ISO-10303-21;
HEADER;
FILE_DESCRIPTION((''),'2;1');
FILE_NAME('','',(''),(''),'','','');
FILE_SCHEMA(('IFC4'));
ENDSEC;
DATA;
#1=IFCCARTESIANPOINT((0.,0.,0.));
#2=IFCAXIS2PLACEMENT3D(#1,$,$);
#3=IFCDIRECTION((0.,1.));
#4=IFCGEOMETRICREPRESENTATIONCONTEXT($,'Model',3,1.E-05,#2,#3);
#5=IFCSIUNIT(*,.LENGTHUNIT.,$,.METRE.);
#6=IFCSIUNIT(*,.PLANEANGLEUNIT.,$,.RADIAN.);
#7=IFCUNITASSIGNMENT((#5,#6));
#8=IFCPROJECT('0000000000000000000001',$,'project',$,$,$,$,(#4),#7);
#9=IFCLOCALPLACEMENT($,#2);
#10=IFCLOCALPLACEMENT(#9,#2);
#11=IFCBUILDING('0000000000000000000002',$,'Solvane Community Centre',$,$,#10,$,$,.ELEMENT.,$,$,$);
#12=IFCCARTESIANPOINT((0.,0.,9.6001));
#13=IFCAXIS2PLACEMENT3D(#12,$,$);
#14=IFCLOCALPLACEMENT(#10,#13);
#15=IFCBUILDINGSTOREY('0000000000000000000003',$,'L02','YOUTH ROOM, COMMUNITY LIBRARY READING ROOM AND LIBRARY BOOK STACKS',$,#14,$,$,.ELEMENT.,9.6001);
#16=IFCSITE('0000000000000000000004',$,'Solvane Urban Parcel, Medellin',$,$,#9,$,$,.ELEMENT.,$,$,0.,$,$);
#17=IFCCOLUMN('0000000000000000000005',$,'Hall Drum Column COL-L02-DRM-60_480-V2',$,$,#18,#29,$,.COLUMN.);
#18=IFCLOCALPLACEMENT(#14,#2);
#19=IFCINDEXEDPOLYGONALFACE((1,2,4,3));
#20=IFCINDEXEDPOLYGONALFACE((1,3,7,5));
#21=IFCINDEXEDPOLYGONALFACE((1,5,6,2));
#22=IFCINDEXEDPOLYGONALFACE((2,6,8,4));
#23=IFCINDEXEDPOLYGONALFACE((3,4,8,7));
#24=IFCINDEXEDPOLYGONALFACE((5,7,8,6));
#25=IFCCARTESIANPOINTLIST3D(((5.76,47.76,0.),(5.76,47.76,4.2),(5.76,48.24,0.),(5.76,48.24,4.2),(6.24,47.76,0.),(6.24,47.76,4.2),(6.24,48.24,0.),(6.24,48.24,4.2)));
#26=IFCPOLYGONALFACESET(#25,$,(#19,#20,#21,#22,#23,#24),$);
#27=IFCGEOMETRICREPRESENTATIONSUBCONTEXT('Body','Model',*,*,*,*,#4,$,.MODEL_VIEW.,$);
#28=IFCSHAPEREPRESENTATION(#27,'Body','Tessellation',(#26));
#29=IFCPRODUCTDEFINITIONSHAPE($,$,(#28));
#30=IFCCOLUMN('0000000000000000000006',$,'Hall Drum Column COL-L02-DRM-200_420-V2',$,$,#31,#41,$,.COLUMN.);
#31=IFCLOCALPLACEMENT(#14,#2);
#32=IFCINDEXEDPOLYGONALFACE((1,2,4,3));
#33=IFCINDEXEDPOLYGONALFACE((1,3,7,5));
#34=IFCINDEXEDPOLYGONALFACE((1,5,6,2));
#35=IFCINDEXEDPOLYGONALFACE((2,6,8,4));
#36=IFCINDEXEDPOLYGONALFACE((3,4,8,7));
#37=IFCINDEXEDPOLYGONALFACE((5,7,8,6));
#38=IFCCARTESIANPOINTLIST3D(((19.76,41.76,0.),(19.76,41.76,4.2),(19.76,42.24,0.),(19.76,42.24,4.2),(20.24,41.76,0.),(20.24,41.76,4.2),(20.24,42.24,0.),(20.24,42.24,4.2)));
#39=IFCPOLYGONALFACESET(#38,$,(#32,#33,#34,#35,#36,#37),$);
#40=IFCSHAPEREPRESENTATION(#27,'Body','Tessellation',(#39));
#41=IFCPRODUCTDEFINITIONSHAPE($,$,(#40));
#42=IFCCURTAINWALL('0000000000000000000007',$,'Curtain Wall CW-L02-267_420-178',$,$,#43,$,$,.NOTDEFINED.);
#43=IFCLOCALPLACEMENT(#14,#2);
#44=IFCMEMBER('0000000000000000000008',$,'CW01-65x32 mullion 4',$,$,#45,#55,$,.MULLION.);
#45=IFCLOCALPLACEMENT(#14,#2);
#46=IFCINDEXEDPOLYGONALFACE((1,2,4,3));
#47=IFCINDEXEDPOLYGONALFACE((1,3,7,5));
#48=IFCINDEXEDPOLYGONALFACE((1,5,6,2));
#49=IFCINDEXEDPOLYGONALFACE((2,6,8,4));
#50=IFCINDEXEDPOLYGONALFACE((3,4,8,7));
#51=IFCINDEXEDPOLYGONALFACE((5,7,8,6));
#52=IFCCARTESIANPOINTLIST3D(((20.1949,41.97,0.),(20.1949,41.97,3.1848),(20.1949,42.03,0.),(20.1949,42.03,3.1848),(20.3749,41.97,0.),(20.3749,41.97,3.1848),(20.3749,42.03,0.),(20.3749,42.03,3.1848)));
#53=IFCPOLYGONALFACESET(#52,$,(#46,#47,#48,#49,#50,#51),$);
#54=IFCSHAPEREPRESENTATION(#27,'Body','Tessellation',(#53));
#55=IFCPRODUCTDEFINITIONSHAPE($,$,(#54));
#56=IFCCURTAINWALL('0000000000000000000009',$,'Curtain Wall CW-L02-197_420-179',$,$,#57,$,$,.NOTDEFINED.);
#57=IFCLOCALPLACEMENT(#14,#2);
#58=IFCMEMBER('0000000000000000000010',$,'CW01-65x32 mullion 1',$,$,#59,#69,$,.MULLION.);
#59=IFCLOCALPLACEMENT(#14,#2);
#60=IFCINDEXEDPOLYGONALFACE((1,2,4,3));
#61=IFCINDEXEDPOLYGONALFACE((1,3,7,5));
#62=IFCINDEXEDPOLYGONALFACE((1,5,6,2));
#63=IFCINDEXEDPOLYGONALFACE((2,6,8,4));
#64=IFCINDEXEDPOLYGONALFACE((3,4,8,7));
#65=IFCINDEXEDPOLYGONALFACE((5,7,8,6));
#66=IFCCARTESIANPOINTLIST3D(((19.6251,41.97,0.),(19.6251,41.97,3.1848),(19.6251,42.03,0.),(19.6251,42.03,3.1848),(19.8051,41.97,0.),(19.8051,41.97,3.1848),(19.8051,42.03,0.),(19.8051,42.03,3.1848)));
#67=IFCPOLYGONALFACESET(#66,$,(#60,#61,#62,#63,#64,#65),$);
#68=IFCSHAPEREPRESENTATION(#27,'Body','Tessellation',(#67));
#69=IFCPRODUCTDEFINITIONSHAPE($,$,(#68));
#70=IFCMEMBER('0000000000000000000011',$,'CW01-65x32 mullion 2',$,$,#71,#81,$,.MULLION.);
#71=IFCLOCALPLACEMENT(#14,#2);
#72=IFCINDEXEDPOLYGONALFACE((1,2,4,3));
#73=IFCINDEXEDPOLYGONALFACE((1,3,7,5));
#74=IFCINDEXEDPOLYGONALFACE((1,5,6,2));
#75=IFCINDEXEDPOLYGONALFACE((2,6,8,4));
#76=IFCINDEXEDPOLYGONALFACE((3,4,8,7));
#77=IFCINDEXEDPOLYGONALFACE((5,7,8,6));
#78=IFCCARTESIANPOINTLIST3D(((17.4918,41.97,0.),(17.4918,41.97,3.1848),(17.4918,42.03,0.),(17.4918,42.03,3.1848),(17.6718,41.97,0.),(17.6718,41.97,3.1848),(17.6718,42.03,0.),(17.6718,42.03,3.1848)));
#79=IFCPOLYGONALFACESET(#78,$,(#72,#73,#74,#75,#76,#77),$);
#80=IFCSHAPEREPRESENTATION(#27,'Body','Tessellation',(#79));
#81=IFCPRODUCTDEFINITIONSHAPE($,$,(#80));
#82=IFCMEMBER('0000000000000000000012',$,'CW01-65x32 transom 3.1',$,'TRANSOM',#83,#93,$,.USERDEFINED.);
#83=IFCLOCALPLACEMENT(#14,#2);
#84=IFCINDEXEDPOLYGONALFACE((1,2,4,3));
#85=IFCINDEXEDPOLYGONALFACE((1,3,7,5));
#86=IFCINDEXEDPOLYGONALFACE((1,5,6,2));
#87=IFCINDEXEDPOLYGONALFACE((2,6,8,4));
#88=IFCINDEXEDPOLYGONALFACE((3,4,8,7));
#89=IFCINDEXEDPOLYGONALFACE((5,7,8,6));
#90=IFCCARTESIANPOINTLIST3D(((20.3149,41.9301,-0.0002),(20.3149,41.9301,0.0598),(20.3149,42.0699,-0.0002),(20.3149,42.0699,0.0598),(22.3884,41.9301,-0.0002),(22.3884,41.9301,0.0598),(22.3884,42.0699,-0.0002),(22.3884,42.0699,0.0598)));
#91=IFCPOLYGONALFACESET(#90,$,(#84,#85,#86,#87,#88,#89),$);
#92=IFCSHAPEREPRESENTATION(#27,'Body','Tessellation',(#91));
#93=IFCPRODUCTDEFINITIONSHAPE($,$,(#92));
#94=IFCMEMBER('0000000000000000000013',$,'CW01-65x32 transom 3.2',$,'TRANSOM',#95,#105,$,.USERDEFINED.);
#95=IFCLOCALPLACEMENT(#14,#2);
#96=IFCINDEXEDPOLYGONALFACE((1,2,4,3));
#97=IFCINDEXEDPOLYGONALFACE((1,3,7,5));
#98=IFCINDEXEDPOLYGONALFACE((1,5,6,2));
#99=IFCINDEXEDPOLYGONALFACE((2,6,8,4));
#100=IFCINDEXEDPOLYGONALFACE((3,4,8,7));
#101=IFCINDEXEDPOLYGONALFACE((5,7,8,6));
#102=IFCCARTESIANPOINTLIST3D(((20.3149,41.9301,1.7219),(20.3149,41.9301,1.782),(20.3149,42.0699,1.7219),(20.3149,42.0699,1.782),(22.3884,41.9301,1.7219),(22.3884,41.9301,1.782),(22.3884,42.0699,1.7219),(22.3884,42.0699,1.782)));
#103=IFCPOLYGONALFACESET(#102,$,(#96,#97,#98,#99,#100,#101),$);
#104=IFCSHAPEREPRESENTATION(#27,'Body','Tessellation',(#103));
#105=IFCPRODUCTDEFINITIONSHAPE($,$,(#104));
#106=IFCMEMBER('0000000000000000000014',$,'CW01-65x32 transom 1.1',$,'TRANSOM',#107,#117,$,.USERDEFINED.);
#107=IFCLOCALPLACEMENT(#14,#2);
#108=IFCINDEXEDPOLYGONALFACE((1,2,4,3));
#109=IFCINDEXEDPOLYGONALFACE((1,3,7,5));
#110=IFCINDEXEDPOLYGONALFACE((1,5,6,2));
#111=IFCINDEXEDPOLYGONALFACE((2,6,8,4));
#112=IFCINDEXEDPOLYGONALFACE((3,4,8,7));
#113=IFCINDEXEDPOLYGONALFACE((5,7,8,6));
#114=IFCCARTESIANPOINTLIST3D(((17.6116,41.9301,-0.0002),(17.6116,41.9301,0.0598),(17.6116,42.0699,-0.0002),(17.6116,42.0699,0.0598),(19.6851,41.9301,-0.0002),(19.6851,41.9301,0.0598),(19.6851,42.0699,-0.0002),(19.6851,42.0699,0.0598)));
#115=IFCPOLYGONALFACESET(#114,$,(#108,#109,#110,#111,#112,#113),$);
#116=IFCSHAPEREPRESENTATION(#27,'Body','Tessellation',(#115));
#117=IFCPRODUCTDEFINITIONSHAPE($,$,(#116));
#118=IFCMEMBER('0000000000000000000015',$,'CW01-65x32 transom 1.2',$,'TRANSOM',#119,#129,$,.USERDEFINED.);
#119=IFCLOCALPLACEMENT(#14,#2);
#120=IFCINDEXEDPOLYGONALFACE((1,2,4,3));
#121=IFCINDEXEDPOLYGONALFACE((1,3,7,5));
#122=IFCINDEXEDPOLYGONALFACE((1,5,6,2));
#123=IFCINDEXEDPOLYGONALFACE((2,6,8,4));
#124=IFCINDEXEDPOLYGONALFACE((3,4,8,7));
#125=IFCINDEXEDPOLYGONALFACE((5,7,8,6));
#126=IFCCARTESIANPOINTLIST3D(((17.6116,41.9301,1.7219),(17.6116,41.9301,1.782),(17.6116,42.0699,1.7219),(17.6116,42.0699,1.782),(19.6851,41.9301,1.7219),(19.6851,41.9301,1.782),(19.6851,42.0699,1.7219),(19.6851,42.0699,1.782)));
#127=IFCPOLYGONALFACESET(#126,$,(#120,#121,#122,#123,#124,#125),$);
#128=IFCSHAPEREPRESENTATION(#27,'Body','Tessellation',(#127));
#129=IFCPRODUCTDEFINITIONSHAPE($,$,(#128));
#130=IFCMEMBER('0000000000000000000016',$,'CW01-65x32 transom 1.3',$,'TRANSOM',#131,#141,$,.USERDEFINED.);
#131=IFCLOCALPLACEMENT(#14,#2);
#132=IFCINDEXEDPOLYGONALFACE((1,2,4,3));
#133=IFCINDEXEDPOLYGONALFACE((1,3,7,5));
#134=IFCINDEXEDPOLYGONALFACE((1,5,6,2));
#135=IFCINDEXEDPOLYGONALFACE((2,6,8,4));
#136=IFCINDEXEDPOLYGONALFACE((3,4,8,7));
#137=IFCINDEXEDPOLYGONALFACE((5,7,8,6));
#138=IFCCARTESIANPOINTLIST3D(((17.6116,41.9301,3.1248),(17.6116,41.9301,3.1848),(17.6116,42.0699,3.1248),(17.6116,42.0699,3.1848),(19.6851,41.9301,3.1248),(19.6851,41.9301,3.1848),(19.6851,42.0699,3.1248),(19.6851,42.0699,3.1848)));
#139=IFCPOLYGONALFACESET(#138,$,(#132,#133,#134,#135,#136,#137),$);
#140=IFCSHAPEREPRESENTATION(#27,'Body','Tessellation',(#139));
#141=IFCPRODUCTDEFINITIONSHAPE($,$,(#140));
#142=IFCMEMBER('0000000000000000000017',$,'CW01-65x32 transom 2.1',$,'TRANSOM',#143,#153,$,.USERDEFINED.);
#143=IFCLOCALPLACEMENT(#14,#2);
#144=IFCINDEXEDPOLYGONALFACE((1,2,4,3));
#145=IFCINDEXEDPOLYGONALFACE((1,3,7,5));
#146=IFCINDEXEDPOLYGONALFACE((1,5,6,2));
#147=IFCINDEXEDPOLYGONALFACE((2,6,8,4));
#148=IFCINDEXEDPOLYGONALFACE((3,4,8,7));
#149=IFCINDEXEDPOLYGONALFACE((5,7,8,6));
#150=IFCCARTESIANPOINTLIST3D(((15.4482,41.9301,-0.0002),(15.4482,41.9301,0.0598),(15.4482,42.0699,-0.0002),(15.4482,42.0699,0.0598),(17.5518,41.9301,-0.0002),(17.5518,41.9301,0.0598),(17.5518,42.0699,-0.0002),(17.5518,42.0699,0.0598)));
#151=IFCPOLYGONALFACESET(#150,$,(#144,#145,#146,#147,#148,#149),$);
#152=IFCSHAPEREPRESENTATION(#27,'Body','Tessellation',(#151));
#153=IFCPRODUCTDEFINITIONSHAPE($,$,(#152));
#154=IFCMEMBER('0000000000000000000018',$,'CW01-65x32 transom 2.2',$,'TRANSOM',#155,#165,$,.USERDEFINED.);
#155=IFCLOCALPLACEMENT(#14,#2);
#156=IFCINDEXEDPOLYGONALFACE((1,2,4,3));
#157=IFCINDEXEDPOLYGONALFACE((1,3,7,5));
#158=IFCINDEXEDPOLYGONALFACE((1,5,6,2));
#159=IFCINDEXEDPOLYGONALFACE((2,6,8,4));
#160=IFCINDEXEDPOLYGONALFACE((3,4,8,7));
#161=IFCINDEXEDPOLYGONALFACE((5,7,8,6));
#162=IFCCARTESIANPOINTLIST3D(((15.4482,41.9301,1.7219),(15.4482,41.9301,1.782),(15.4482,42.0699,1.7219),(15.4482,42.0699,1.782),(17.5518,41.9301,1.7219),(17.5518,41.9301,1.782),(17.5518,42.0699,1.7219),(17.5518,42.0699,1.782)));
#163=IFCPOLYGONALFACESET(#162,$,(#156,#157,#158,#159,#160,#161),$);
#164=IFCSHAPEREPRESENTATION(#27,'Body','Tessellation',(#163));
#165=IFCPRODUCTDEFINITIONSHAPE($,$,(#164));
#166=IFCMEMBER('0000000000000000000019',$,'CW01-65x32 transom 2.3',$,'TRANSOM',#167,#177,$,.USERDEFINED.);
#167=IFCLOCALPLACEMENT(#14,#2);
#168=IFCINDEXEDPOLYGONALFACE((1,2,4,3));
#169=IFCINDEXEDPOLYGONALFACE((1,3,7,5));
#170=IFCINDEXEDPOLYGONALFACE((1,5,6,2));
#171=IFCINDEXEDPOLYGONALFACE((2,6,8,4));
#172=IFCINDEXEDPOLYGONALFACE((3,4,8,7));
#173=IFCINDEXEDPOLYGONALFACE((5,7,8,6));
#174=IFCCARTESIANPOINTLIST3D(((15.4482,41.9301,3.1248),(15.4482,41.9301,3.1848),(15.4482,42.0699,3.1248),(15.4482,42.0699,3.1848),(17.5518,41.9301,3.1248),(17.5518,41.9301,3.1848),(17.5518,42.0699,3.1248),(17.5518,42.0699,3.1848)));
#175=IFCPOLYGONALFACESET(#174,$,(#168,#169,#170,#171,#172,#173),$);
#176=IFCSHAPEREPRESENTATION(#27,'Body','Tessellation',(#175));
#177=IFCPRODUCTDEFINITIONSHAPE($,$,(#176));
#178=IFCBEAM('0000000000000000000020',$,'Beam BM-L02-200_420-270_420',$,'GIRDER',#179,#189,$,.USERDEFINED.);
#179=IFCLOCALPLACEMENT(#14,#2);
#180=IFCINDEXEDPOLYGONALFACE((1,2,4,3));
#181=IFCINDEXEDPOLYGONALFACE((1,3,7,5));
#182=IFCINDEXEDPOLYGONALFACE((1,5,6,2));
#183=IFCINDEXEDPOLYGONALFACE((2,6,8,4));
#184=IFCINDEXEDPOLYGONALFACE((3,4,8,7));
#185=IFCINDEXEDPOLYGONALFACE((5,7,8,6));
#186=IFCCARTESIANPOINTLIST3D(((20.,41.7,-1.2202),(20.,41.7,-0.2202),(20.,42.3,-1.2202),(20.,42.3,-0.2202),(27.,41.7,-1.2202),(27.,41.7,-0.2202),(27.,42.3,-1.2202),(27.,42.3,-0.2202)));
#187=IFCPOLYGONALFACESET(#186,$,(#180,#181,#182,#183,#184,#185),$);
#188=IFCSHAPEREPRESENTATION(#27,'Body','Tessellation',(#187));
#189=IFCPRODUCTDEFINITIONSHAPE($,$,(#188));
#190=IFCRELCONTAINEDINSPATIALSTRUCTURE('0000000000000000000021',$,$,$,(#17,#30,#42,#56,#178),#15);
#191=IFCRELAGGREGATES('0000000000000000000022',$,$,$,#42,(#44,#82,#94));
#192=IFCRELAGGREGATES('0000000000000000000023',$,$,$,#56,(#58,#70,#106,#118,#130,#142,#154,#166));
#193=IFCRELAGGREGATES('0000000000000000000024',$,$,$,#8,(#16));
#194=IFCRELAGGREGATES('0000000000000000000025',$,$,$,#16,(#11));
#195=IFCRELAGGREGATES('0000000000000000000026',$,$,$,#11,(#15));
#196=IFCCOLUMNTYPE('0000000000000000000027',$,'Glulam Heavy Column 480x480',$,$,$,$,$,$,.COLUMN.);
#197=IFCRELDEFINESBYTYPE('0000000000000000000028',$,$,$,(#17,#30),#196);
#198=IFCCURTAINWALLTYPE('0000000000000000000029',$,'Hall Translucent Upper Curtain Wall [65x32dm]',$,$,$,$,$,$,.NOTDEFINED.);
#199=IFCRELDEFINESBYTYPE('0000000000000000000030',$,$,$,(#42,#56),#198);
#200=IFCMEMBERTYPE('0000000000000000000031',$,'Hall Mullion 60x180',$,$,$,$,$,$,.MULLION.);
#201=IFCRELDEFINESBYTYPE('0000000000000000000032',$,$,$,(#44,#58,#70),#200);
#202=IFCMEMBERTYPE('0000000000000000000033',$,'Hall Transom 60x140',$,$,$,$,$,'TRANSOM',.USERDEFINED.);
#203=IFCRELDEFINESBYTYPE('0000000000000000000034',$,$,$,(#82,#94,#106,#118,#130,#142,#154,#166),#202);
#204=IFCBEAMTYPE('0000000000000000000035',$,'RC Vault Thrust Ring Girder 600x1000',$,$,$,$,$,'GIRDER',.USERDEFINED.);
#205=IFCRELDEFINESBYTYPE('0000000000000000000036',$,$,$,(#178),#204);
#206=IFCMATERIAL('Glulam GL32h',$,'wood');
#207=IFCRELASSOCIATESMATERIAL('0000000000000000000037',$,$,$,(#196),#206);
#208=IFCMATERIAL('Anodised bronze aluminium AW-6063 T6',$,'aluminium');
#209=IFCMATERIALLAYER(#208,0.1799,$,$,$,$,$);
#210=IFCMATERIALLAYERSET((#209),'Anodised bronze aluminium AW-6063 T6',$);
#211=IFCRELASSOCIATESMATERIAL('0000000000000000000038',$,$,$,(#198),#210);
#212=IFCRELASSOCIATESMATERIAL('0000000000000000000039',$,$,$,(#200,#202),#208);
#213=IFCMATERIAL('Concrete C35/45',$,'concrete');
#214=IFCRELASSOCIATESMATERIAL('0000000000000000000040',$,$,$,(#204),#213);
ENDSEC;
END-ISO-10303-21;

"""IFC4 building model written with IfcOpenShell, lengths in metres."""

from ifc_helpers import new_model, si_unit, direction, frame, origin, origin_2d, place, context, subcontext, project, spatial, rectangle, extrude, material, layer, layer_set, material_profile, profile_set, type_object, element, aggregate, save


model = new_model("IFC4")

# Units and contexts
model_context = context("Model", 3, precision=1e-05, world=origin(), true_north=direction((0.0, 1.0)))
body_context = subcontext(model_context, "Body", "Model", "MODEL_VIEW")
ifc_project = project(units=[si_unit("LENGTHUNIT", "METRE"), si_unit("PLANEANGLEUNIT", "RADIAN")], contexts=[model_context])

# Site, building, storey
site_placement = place(None, origin())
site = spatial("IfcSite", under=ifc_project, at=site_placement, Name="Solvane Urban Parcel, Medellin", CompositionType="ELEMENT", RefElevation=0.0)
building_placement = place(site_placement, origin())
building = spatial("IfcBuilding", under=site, at=building_placement, Name="Solvane Community Centre", CompositionType="ELEMENT")
storey_placement = place(building_placement, frame((0.0, 0.0, 9.6001)))
storey = spatial("IfcBuildingStorey", under=building, at=storey_placement, Name="L02", Description="YOUTH ROOM, COMMUNITY LIBRARY READING ROOM AND LIBRARY BOOK STACKS", CompositionType="ELEMENT", Elevation=9.6001)

# Columns
ifc_material_1 = material(Name="Glulam GL32h", Category="wood")
ifc_material_profile_1 = material_profile(ifc_material_1, rectangle(XDim=0.48, YDim=0.48, at=origin_2d()), Name="GL32h 480x480")
ifc_profile_set_1 = profile_set([ifc_material_profile_1], Name="Glulam GL32h")
column_type = type_object("IfcColumnType", Name="Glulam Heavy Column 480x480", PredefinedType="COLUMN", material=ifc_profile_set_1)
for number, where, z_axis, x_axis, name in (
    (1, (6.0, 48.0, 0.0), (0.0, 0.0, 1.0), (1.0, 0.0, 0.0), "Hall Drum Column COL-L02-DRM-60_480-V2"),
    (2, (20.0, 42.0, 0.0), (0.0, 0.0, 1.0), (1.0, 0.0, 0.0), "Hall Drum Column COL-L02-DRM-200_420-V2"),
):
    element("IfcColumn", number, at=place(storey_placement, frame(where, z_axis=z_axis, x_axis=x_axis)), inside=storey, type_object=column_type, Name=name, PredefinedType="COLUMN", context=body_context, shape_type="SweptSolid", body=[
        extrude(rectangle(XDim=0.48, YDim=0.48, at=origin_2d()), origin(), (0.0, 0.0, 1.0), 4.2),
    ])

# Curtain wall, member
ifc_material_2 = material(Name="Anodised bronze aluminium AW-6063 T6", Category="aluminium")
ifc_layer_1 = layer(ifc_material_2, 0.1799)
ifc_layer_set_1 = layer_set([ifc_layer_1], Name="Anodised bronze aluminium AW-6063 T6")
curtain_wall_type = type_object("IfcCurtainWallType", Name="Hall Translucent Upper Curtain Wall [65x32dm]", PredefinedType="NOTDEFINED", material=ifc_layer_set_1)
curtain_wall_1_placement = place(storey_placement, origin())
curtain_wall_1 = element("IfcCurtainWall", 3, at=curtain_wall_1_placement, inside=storey, type_object=curtain_wall_type, Name="Curtain Wall CW-L02-267_420-178", PredefinedType="NOTDEFINED")
ifc_material_profile_2 = material_profile(ifc_material_2, rectangle(XDim=0.0601, YDim=0.1799, at=origin_2d()), Name="CW-M 60x180")
ifc_profile_set_2 = profile_set([ifc_material_profile_2], Name="Anodised bronze aluminium AW-6063 T6")
member_type_1 = type_object("IfcMemberType", Name="Hall Mullion 60x180", PredefinedType="MULLION", material=ifc_profile_set_2)
member_1_placement = place(storey_placement, frame((20.2849, 42.0, 0.0), z_axis=(0.0, 0.0, 1.0), x_axis=(0.0, -1.0, 0.0)))
member_1 = element("IfcMember", 4, at=member_1_placement, type_object=member_type_1, Name="CW01-65x32 mullion 4", PredefinedType="MULLION", context=body_context, shape_type="SweptSolid", body=[
    extrude(rectangle(XDim=0.0601, YDim=0.1799, at=origin_2d()), origin(), (0.0, 0.0, 1.0), 3.1848),
])

# Curtain wall, members
curtain_wall_2_placement = place(storey_placement, origin())
curtain_wall_2 = element("IfcCurtainWall", 5, at=curtain_wall_2_placement, inside=storey, type_object=curtain_wall_type, Name="Curtain Wall CW-L02-197_420-179", PredefinedType="NOTDEFINED")
member_2_placement = place(storey_placement, frame((19.7151, 42.0, 0.0), z_axis=(0.0, 0.0, 1.0), x_axis=(0.0, -1.0, 0.0)))
member_2 = element("IfcMember", 6, at=member_2_placement, type_object=member_type_1, Name="CW01-65x32 mullion 1", PredefinedType="MULLION", context=body_context, shape_type="SweptSolid", body=[
    extrude(rectangle(XDim=0.0601, YDim=0.1799, at=origin_2d()), origin(), (0.0, 0.0, 1.0), 3.1848),
])
member_3_placement = place(storey_placement, frame((17.5818, 42.0, 0.0), z_axis=(0.0, 0.0, 1.0), x_axis=(0.0, -1.0, 0.0)))
member_3 = element("IfcMember", 7, at=member_3_placement, type_object=member_type_1, Name="CW01-65x32 mullion 2", PredefinedType="MULLION", context=body_context, shape_type="SweptSolid", body=[
    extrude(rectangle(XDim=0.0601, YDim=0.1799, at=origin_2d()), origin(), (0.0, 0.0, 1.0), 3.1848),
])

# Members
ifc_material_profile_3 = material_profile(ifc_material_2, rectangle(XDim=0.1399, YDim=0.0601, at=origin_2d()), Name="CW-T 60x140")
ifc_profile_set_3 = profile_set([ifc_material_profile_3], Name="Anodised bronze aluminium AW-6063 T6")
member_type_2 = type_object("IfcMemberType", Name="Hall Transom 60x140", ElementType="TRANSOM", PredefinedType="USERDEFINED", material=ifc_profile_set_3)
member_4_placement = place(storey_placement, frame((22.3884, 42.0, 0.0298), z_axis=(-1.0, 0.0, 0.0), x_axis=(0.0, -1.0, 0.0)))
member_4 = element("IfcMember", 8, at=member_4_placement, type_object=member_type_2, Name="CW01-65x32 transom 3.1", ObjectType="TRANSOM", PredefinedType="USERDEFINED", context=body_context, shape_type="SweptSolid", body=[
    extrude(rectangle(XDim=0.1399, YDim=0.0601, at=origin_2d()), origin(), (0.0, 0.0, 1.0), 2.0735),
])
member_5_placement = place(storey_placement, frame((22.3884, 42.0, 1.752), z_axis=(-1.0, 0.0, 0.0), x_axis=(0.0, -1.0, 0.0)))
member_5 = element("IfcMember", 9, at=member_5_placement, type_object=member_type_2, Name="CW01-65x32 transom 3.2", ObjectType="TRANSOM", PredefinedType="USERDEFINED", context=body_context, shape_type="SweptSolid", body=[
    extrude(rectangle(XDim=0.1399, YDim=0.0601, at=origin_2d()), origin(), (0.0, 0.0, 1.0), 2.0735),
])
member_6_placement = place(storey_placement, frame((19.6851, 42.0, 0.0298), z_axis=(-1.0, 0.0, 0.0), x_axis=(0.0, -1.0, 0.0)))
member_6 = element("IfcMember", 10, at=member_6_placement, type_object=member_type_2, Name="CW01-65x32 transom 1.1", ObjectType="TRANSOM", PredefinedType="USERDEFINED", context=body_context, shape_type="SweptSolid", body=[
    extrude(rectangle(XDim=0.1399, YDim=0.0601, at=origin_2d()), origin(), (0.0, 0.0, 1.0), 2.0735),
])
member_7_placement = place(storey_placement, frame((19.6851, 42.0, 1.752), z_axis=(-1.0, 0.0, 0.0), x_axis=(0.0, -1.0, 0.0)))
member_7 = element("IfcMember", 11, at=member_7_placement, type_object=member_type_2, Name="CW01-65x32 transom 1.2", ObjectType="TRANSOM", PredefinedType="USERDEFINED", context=body_context, shape_type="SweptSolid", body=[
    extrude(rectangle(XDim=0.1399, YDim=0.0601, at=origin_2d()), origin(), (0.0, 0.0, 1.0), 2.0735),
])
member_8_placement = place(storey_placement, frame((19.6851, 42.0, 3.1548), z_axis=(-1.0, 0.0, 0.0), x_axis=(0.0, -1.0, 0.0)))
member_8 = element("IfcMember", 12, at=member_8_placement, type_object=member_type_2, Name="CW01-65x32 transom 1.3", ObjectType="TRANSOM", PredefinedType="USERDEFINED", context=body_context, shape_type="SweptSolid", body=[
    extrude(rectangle(XDim=0.1399, YDim=0.0601, at=origin_2d()), origin(), (0.0, 0.0, 1.0), 2.0735),
])
member_9_placement = place(storey_placement, frame((17.5518, 42.0, 0.0298), z_axis=(-1.0, 0.0, 0.0), x_axis=(0.0, -1.0, 0.0)))
member_9 = element("IfcMember", 13, at=member_9_placement, type_object=member_type_2, Name="CW01-65x32 transom 2.1", ObjectType="TRANSOM", PredefinedType="USERDEFINED", context=body_context, shape_type="SweptSolid", body=[
    extrude(rectangle(XDim=0.1399, YDim=0.0601, at=origin_2d()), origin(), (0.0, 0.0, 1.0), 2.1035),
])
member_10_placement = place(storey_placement, frame((17.5518, 42.0, 1.752), z_axis=(-1.0, 0.0, 0.0), x_axis=(0.0, -1.0, 0.0)))
member_10 = element("IfcMember", 14, at=member_10_placement, type_object=member_type_2, Name="CW01-65x32 transom 2.2", ObjectType="TRANSOM", PredefinedType="USERDEFINED", context=body_context, shape_type="SweptSolid", body=[
    extrude(rectangle(XDim=0.1399, YDim=0.0601, at=origin_2d()), origin(), (0.0, 0.0, 1.0), 2.1035),
])
member_11_placement = place(storey_placement, frame((17.5518, 42.0, 3.1548), z_axis=(-1.0, 0.0, 0.0), x_axis=(0.0, -1.0, 0.0)))
member_11 = element("IfcMember", 15, at=member_11_placement, type_object=member_type_2, Name="CW01-65x32 transom 2.3", ObjectType="TRANSOM", PredefinedType="USERDEFINED", context=body_context, shape_type="SweptSolid", body=[
    extrude(rectangle(XDim=0.1399, YDim=0.0601, at=origin_2d()), origin(), (0.0, 0.0, 1.0), 2.1035),
])

# Beam
ifc_material_3 = material(Name="Concrete C35/45", Category="concrete")
ifc_material_profile_4 = material_profile(ifc_material_3, rectangle(XDim=0.6001, YDim=1.0, at=origin_2d()), Name="RC 600x1000")
ifc_profile_set_4 = profile_set([ifc_material_profile_4], Name="Concrete C35/45")
beam_type = type_object("IfcBeamType", Name="RC Vault Thrust Ring Girder 600x1000", ElementType="GIRDER", PredefinedType="USERDEFINED", material=ifc_profile_set_4)
beam_1_placement = place(storey_placement, frame((20.0, 42.0, -0.7202), z_axis=(1.0, 0.0, 0.0), x_axis=(0.0, 1.0, 0.0)))
element("IfcBeam", 16, at=beam_1_placement, inside=storey, type_object=beam_type, Name="Beam BM-L02-200_420-270_420", ObjectType="GIRDER", PredefinedType="USERDEFINED", context=body_context, shape_type="SweptSolid", body=[
    extrude(rectangle(XDim=0.6001, YDim=1.0, at=origin_2d()), origin(), (0.0, 0.0, 1.0), 7.0),
])

aggregate(curtain_wall_1, [member_1, member_4, member_5])
aggregate(curtain_wall_2, [member_2, member_3, member_6, member_7, member_8, member_9, member_10, member_11])

save(model, "model.ifc")
